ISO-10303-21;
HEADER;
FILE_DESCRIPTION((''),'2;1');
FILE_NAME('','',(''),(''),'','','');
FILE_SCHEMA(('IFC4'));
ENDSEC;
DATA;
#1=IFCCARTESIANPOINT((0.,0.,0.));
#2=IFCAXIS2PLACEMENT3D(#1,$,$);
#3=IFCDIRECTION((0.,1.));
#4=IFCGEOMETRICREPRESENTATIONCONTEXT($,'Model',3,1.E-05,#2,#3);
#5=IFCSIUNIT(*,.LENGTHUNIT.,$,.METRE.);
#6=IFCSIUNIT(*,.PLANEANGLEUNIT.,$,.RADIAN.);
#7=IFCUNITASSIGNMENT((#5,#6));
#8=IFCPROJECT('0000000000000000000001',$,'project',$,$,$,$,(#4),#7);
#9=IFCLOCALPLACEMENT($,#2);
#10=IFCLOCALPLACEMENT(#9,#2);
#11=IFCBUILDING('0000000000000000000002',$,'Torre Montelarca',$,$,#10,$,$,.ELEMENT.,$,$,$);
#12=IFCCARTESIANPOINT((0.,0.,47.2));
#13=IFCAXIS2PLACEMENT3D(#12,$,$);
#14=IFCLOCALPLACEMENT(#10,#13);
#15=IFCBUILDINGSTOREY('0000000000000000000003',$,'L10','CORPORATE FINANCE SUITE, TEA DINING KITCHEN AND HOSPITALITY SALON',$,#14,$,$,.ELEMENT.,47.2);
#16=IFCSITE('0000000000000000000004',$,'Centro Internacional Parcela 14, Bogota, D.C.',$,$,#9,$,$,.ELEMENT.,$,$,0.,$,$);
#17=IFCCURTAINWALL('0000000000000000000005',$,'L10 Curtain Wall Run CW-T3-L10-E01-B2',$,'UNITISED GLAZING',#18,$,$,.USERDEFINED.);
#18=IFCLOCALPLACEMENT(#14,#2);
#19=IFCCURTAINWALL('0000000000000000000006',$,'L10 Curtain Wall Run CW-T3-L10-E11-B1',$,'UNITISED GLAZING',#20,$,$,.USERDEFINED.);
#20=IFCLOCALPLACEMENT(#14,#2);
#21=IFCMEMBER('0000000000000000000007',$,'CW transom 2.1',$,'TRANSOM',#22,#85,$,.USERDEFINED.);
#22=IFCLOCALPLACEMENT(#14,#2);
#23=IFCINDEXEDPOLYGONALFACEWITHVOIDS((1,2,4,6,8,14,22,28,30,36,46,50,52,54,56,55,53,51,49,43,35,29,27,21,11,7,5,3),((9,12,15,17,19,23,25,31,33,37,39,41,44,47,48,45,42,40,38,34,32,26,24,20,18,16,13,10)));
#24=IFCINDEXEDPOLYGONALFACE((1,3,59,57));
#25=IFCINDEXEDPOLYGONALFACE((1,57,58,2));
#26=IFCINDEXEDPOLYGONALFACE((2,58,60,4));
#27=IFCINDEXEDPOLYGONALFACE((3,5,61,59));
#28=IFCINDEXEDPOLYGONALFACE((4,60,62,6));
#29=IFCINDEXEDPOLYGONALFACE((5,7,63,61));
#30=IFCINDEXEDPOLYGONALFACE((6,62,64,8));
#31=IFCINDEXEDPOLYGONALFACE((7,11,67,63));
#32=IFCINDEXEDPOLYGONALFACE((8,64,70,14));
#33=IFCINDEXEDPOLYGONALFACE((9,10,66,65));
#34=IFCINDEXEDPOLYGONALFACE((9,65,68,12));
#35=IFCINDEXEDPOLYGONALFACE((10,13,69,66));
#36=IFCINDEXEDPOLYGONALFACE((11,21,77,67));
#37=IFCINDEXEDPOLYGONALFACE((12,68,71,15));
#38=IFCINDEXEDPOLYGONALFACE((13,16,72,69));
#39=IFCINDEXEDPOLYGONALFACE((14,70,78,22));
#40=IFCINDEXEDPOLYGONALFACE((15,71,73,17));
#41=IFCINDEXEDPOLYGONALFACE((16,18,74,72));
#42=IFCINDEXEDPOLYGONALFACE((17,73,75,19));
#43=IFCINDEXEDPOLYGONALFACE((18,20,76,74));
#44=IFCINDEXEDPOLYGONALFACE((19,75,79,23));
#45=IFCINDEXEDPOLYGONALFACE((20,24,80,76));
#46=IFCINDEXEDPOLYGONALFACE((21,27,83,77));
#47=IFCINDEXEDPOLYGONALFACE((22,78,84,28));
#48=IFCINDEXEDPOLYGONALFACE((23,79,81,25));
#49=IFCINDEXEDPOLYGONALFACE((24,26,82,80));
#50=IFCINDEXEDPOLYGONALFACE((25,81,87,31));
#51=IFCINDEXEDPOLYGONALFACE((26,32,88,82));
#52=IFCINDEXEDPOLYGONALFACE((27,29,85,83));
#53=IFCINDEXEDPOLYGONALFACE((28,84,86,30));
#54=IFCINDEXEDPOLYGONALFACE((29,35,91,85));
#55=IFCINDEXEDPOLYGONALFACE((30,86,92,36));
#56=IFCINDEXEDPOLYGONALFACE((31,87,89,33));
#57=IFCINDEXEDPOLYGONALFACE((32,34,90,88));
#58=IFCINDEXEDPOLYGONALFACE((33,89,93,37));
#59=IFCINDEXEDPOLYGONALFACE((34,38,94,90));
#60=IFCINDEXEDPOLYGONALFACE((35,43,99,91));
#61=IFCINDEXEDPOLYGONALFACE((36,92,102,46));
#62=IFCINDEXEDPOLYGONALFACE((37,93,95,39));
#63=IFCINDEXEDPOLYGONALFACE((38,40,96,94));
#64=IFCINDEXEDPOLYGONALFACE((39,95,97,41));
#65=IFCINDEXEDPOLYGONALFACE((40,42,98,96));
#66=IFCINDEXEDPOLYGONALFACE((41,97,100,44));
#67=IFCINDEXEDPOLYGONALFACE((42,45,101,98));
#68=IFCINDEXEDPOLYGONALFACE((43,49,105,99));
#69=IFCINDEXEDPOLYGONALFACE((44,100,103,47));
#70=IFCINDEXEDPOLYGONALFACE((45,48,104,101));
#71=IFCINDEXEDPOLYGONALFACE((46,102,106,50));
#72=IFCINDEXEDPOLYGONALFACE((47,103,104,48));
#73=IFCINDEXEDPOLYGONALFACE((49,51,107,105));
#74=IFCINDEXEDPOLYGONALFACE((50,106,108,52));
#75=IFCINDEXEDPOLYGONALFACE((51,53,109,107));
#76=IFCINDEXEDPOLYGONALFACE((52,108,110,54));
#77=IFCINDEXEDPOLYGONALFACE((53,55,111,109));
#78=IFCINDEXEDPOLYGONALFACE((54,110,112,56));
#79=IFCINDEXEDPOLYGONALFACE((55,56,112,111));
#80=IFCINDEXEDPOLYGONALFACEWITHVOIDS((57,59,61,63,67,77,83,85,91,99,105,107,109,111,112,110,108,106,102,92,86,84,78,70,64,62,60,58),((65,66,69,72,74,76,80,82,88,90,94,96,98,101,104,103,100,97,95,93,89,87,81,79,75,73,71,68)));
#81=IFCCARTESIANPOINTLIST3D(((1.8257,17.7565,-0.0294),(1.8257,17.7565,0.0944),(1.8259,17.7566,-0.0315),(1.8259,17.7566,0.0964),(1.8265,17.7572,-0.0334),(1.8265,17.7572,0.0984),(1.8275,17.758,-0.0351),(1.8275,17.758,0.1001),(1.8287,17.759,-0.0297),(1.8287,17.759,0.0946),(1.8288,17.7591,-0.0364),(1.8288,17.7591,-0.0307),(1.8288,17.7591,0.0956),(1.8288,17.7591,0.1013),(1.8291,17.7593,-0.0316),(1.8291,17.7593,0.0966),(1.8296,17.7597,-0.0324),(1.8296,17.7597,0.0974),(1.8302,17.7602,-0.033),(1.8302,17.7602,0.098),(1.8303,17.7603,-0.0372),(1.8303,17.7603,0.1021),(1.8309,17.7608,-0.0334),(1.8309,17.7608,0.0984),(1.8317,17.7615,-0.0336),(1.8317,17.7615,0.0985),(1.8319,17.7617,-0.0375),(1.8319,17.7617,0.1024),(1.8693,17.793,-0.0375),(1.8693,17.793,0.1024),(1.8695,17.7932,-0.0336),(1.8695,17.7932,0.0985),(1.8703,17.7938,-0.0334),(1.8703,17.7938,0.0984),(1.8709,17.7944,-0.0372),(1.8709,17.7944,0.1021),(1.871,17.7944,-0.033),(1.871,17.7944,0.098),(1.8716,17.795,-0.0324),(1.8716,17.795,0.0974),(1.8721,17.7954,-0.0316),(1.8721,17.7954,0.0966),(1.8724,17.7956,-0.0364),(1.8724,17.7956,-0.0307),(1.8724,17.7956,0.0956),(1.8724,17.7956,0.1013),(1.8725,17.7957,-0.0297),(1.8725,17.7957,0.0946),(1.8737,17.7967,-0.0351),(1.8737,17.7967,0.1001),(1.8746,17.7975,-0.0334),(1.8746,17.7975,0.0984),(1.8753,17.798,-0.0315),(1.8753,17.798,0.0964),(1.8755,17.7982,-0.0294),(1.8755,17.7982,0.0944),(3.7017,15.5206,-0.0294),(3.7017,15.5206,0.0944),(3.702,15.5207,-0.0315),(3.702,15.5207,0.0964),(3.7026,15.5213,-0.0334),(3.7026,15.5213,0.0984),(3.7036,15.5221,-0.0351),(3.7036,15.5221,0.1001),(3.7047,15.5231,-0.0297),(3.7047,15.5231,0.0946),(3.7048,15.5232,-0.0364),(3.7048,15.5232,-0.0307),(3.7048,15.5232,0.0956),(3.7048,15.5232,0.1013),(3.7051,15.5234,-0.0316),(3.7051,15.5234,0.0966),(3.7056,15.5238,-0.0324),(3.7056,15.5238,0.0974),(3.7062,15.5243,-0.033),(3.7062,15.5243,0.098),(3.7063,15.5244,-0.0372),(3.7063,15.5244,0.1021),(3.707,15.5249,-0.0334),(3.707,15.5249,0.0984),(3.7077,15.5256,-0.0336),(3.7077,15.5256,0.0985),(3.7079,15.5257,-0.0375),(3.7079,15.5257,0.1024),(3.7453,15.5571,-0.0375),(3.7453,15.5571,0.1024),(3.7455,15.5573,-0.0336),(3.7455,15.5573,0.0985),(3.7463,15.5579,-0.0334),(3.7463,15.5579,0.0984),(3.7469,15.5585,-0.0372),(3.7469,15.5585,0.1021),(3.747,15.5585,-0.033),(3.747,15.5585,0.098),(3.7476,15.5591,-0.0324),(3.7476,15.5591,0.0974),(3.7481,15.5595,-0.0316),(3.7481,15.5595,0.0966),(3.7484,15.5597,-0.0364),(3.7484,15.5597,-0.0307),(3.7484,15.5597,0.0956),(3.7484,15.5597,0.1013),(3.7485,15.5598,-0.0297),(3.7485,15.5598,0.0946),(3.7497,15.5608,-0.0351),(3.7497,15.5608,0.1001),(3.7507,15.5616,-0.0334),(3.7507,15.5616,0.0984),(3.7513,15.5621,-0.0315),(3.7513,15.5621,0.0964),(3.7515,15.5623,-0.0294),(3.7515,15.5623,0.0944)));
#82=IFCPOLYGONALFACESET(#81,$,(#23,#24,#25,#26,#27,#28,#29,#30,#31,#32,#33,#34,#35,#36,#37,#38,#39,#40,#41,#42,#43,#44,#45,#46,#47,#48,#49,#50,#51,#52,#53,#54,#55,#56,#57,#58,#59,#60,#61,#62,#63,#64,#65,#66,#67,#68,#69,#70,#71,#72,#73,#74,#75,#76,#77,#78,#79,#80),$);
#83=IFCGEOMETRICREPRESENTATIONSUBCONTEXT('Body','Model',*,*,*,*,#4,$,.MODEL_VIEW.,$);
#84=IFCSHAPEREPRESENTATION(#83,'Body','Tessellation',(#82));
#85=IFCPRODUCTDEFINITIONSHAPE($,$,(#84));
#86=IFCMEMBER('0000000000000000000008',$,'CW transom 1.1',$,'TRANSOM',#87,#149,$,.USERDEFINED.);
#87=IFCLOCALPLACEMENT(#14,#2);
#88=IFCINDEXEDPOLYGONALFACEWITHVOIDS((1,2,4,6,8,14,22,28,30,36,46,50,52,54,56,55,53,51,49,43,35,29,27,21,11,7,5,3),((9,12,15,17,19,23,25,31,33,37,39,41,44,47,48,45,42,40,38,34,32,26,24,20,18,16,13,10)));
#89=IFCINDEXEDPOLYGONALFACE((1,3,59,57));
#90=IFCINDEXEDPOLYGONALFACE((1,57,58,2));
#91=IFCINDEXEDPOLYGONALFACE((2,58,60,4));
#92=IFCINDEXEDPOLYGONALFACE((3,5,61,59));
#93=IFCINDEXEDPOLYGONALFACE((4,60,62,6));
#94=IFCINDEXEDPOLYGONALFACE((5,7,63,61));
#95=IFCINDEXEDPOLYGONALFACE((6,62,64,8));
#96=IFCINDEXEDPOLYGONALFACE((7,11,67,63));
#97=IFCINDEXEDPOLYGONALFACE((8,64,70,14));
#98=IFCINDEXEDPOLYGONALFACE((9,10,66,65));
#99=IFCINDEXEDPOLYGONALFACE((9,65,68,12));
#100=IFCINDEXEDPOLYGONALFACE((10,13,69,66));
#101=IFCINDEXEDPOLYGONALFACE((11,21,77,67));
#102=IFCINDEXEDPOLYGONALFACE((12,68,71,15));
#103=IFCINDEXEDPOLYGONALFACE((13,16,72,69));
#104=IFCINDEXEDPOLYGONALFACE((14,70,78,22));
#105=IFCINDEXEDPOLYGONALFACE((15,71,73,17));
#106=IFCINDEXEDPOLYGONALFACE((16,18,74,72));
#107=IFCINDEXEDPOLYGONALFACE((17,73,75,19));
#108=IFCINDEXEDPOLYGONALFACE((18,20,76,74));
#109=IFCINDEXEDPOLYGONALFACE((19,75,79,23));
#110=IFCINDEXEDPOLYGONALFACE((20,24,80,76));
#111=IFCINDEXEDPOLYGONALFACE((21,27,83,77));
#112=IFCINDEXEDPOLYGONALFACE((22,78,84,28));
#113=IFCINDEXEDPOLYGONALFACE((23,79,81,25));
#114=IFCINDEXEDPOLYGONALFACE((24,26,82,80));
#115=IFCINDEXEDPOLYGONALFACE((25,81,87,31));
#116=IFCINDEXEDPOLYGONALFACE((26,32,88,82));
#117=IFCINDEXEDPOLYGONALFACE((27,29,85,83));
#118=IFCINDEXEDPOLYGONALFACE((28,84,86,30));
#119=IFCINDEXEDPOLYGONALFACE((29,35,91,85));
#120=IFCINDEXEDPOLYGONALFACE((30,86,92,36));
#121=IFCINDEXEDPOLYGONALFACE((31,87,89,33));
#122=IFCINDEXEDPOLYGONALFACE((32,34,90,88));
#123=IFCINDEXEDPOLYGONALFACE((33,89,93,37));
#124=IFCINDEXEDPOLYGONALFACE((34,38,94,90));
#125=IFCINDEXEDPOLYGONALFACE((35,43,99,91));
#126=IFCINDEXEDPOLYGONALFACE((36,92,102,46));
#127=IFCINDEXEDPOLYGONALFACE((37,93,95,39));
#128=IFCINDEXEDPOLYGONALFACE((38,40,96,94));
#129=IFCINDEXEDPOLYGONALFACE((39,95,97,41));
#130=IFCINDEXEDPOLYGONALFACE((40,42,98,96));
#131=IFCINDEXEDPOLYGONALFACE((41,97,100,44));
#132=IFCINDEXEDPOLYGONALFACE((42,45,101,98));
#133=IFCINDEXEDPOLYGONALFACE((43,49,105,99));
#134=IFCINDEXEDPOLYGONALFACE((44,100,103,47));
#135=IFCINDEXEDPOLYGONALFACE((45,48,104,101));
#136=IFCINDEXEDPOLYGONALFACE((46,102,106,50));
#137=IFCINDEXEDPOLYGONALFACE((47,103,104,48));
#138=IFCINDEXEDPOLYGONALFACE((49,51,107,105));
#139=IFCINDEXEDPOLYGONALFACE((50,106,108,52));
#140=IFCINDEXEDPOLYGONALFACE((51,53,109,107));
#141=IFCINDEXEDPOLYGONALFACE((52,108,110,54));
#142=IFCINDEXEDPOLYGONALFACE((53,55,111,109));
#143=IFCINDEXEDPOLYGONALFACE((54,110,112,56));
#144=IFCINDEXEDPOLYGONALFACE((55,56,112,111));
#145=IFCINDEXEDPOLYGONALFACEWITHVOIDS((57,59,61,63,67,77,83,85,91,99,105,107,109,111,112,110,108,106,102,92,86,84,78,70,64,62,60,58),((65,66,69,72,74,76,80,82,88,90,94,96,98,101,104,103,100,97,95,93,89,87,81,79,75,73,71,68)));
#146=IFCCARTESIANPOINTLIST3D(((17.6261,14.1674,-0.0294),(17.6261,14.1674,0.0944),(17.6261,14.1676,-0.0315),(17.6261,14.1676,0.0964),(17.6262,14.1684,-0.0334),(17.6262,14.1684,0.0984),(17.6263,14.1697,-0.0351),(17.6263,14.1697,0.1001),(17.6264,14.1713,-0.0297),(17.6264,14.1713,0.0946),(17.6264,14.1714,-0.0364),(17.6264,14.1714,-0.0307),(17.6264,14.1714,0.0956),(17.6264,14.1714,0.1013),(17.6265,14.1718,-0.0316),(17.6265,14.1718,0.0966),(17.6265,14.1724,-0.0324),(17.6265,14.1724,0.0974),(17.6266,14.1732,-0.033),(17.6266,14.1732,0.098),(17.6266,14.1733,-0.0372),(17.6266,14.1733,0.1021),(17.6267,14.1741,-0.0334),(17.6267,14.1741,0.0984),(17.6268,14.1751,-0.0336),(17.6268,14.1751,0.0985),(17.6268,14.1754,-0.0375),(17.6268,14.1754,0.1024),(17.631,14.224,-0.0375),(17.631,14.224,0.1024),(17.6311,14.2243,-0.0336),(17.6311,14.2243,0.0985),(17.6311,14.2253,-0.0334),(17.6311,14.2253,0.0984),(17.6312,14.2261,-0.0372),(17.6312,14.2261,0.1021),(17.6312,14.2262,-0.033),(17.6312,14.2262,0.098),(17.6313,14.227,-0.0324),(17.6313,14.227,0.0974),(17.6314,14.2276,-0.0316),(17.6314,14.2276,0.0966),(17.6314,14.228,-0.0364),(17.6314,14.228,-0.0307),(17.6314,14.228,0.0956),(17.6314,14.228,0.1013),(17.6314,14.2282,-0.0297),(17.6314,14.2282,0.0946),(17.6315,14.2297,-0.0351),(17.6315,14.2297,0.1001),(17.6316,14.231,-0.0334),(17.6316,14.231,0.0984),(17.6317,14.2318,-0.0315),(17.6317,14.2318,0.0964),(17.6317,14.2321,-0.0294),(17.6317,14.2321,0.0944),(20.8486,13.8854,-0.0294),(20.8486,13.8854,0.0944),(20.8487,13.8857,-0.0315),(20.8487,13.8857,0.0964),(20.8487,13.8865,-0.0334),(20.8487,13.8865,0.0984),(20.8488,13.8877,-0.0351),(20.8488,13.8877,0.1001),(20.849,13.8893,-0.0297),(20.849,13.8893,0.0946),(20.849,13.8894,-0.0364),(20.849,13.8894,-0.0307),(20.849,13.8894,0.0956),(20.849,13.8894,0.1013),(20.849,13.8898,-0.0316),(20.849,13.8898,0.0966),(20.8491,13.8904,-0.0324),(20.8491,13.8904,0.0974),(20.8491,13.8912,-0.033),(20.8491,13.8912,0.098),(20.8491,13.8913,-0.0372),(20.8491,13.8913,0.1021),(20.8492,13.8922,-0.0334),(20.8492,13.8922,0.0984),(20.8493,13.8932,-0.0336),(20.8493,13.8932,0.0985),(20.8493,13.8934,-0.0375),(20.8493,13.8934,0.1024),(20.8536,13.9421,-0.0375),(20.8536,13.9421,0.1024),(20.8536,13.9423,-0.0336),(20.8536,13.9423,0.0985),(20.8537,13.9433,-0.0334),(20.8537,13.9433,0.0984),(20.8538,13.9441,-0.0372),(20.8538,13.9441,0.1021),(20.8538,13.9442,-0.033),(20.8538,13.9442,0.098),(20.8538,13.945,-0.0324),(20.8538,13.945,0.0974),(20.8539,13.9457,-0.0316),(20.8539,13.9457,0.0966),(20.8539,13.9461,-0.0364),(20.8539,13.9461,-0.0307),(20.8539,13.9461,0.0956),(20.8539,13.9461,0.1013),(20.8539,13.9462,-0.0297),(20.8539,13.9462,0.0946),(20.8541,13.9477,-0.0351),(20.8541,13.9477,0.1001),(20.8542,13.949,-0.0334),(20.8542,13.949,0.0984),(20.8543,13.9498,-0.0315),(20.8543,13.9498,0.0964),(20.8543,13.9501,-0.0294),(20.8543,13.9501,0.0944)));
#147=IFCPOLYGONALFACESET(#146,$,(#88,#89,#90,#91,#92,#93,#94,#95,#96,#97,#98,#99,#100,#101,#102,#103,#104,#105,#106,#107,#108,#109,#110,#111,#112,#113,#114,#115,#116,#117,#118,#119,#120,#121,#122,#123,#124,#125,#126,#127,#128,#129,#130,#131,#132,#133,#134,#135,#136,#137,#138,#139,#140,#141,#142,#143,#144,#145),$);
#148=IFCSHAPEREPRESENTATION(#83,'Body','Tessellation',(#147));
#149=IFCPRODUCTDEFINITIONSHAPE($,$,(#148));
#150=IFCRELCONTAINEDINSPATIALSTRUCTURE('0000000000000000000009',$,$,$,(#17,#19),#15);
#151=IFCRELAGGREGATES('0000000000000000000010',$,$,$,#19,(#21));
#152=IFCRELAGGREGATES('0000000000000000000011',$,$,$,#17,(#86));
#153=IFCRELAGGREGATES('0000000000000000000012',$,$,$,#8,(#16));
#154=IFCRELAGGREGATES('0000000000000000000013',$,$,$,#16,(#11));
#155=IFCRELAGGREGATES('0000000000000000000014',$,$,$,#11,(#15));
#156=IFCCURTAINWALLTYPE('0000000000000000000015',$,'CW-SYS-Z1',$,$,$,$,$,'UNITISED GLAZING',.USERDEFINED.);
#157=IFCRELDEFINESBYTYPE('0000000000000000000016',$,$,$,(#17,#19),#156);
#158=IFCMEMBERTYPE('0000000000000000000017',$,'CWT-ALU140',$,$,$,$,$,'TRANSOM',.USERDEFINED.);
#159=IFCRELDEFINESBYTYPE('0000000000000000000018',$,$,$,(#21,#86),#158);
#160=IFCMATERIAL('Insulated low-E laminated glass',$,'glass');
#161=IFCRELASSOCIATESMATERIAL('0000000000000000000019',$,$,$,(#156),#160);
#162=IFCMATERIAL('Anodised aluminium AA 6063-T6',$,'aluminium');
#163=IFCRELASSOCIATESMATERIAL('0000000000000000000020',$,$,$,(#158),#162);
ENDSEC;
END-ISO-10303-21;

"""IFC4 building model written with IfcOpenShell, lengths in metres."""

from ifc_helpers import new_model, si_unit, direction, frame, origin, origin_2d, place, context, subcontext, project, spatial, hollow_rectangle, extrude, source, transform, mapped, material, material_profile, profile_set, type_object, element, aggregate, save


model = new_model("IFC4")

# Units and contexts
model_context = context("Model", 3, precision=1e-05, world=origin(), true_north=direction((0.0, 1.0)))
body_context = subcontext(model_context, "Body", "Model", "MODEL_VIEW")
ifc_project = project(units=[si_unit("LENGTHUNIT", "METRE"), si_unit("PLANEANGLEUNIT", "RADIAN")], contexts=[model_context])

# Site, building, storey
site_placement = place(None, origin())
site = spatial("IfcSite", under=ifc_project, at=site_placement, Name="Centro Internacional Parcela 14, Bogota, D.C.", CompositionType="ELEMENT", RefElevation=0.0)
building_placement = place(site_placement, origin())
building = spatial("IfcBuilding", under=site, at=building_placement, Name="Torre Montelarca", CompositionType="ELEMENT")
storey_placement = place(building_placement, frame((0.0, 0.0, 47.2)))
storey = spatial("IfcBuildingStorey", under=building, at=storey_placement, Name="L10", Description="CORPORATE FINANCE SUITE, TEA DINING KITCHEN AND HOSPITALITY SALON", CompositionType="ELEMENT", Elevation=47.2)

# Curtain wall
ifc_material_1 = material(Name="Insulated low-E laminated glass", Category="glass")
curtain_wall_type = type_object("IfcCurtainWallType", Name="CW-SYS-Z1", ElementType="UNITISED GLAZING", PredefinedType="USERDEFINED", material=ifc_material_1)
ifc_material_2 = material(Name="Anodised aluminium AA 6063-T6", Category="aluminium")
curtain_wall_1_placement = place(storey_placement, origin())
curtain_wall_1 = element("IfcCurtainWall", 1, at=curtain_wall_1_placement, inside=storey, type_object=curtain_wall_type, Name="L10 Curtain Wall Run CW-T3-L10-E01-B2", ObjectType="UNITISED GLAZING", PredefinedType="USERDEFINED")

# Curtain wall
curtain_wall_2_placement = place(storey_placement, origin())
curtain_wall_2 = element("IfcCurtainWall", 2, at=curtain_wall_2_placement, inside=storey, type_object=curtain_wall_type, Name="L10 Curtain Wall Run CW-T3-L10-E11-B1", ObjectType="UNITISED GLAZING", PredefinedType="USERDEFINED")

# Members
ifc_material_profile_1 = material_profile(ifc_material_2, hollow_rectangle(XDim=0.0649, YDim=0.1399, WallThickness=0.0039, InnerFilletRadius=0.0039, OuterFilletRadius=0.0081, at=origin_2d()), Name="ALU65X140X4", Category="aluminium")
ifc_profile_set_1 = profile_set([ifc_material_profile_1], Name="Anodised aluminium AA 6063-T6")
member_type_1 = type_object("IfcMemberType", Name="CWT-ALU140", ElementType="TRANSOM", PredefinedType="USERDEFINED", material=ifc_profile_set_1)
shared_shape_1 = source(origin(), body_context, "Body", "SweptSolid", [
    extrude(hollow_rectangle(XDim=0.0649, YDim=0.1399, WallThickness=0.0039, InnerFilletRadius=0.0039, OuterFilletRadius=0.0081, at=origin_2d()), origin(), (0.0, 0.0, 1.0), 2.9187),
])
member_1_placement = place(storey_placement, frame((1.8506, 17.7773, 0.0325), z_axis=(0.642764, -0.766064, 0.0), x_axis=(0.766064, 0.642764, 0.0)))
member_1 = element("IfcMember", 3, at=member_1_placement, type_object=member_type_1, Name="CW transom 2.1", ObjectType="TRANSOM", PredefinedType="USERDEFINED", context=body_context, shape_type="MappedRepresentation", body=[
    mapped(shared_shape_1, transform((0.0, 0.0, 0.0), scale=1.0)),
])
shared_shape_2 = source(origin(), body_context, "Body", "SweptSolid", [
    extrude(hollow_rectangle(XDim=0.0649, YDim=0.1399, WallThickness=0.0039, InnerFilletRadius=0.0039, OuterFilletRadius=0.0081, at=origin_2d()), origin(), (0.0, 0.0, 1.0), 3.2349),
])
member_2_placement = place(storey_placement, frame((17.6289, 14.1997, 0.0325), z_axis=(0.996194, -0.087167, 0.0), x_axis=(0.087167, 0.996194, 0.0)))
member_2 = element("IfcMember", 4, at=member_2_placement, type_object=member_type_1, Name="CW transom 1.1", ObjectType="TRANSOM", PredefinedType="USERDEFINED", context=body_context, shape_type="MappedRepresentation", body=[
    mapped(shared_shape_2, transform((0.0, 0.0, 0.0), scale=1.0)),
])

aggregate(curtain_wall_2, [member_1])
aggregate(curtain_wall_1, [member_2])

save(model, "model.ifc")
